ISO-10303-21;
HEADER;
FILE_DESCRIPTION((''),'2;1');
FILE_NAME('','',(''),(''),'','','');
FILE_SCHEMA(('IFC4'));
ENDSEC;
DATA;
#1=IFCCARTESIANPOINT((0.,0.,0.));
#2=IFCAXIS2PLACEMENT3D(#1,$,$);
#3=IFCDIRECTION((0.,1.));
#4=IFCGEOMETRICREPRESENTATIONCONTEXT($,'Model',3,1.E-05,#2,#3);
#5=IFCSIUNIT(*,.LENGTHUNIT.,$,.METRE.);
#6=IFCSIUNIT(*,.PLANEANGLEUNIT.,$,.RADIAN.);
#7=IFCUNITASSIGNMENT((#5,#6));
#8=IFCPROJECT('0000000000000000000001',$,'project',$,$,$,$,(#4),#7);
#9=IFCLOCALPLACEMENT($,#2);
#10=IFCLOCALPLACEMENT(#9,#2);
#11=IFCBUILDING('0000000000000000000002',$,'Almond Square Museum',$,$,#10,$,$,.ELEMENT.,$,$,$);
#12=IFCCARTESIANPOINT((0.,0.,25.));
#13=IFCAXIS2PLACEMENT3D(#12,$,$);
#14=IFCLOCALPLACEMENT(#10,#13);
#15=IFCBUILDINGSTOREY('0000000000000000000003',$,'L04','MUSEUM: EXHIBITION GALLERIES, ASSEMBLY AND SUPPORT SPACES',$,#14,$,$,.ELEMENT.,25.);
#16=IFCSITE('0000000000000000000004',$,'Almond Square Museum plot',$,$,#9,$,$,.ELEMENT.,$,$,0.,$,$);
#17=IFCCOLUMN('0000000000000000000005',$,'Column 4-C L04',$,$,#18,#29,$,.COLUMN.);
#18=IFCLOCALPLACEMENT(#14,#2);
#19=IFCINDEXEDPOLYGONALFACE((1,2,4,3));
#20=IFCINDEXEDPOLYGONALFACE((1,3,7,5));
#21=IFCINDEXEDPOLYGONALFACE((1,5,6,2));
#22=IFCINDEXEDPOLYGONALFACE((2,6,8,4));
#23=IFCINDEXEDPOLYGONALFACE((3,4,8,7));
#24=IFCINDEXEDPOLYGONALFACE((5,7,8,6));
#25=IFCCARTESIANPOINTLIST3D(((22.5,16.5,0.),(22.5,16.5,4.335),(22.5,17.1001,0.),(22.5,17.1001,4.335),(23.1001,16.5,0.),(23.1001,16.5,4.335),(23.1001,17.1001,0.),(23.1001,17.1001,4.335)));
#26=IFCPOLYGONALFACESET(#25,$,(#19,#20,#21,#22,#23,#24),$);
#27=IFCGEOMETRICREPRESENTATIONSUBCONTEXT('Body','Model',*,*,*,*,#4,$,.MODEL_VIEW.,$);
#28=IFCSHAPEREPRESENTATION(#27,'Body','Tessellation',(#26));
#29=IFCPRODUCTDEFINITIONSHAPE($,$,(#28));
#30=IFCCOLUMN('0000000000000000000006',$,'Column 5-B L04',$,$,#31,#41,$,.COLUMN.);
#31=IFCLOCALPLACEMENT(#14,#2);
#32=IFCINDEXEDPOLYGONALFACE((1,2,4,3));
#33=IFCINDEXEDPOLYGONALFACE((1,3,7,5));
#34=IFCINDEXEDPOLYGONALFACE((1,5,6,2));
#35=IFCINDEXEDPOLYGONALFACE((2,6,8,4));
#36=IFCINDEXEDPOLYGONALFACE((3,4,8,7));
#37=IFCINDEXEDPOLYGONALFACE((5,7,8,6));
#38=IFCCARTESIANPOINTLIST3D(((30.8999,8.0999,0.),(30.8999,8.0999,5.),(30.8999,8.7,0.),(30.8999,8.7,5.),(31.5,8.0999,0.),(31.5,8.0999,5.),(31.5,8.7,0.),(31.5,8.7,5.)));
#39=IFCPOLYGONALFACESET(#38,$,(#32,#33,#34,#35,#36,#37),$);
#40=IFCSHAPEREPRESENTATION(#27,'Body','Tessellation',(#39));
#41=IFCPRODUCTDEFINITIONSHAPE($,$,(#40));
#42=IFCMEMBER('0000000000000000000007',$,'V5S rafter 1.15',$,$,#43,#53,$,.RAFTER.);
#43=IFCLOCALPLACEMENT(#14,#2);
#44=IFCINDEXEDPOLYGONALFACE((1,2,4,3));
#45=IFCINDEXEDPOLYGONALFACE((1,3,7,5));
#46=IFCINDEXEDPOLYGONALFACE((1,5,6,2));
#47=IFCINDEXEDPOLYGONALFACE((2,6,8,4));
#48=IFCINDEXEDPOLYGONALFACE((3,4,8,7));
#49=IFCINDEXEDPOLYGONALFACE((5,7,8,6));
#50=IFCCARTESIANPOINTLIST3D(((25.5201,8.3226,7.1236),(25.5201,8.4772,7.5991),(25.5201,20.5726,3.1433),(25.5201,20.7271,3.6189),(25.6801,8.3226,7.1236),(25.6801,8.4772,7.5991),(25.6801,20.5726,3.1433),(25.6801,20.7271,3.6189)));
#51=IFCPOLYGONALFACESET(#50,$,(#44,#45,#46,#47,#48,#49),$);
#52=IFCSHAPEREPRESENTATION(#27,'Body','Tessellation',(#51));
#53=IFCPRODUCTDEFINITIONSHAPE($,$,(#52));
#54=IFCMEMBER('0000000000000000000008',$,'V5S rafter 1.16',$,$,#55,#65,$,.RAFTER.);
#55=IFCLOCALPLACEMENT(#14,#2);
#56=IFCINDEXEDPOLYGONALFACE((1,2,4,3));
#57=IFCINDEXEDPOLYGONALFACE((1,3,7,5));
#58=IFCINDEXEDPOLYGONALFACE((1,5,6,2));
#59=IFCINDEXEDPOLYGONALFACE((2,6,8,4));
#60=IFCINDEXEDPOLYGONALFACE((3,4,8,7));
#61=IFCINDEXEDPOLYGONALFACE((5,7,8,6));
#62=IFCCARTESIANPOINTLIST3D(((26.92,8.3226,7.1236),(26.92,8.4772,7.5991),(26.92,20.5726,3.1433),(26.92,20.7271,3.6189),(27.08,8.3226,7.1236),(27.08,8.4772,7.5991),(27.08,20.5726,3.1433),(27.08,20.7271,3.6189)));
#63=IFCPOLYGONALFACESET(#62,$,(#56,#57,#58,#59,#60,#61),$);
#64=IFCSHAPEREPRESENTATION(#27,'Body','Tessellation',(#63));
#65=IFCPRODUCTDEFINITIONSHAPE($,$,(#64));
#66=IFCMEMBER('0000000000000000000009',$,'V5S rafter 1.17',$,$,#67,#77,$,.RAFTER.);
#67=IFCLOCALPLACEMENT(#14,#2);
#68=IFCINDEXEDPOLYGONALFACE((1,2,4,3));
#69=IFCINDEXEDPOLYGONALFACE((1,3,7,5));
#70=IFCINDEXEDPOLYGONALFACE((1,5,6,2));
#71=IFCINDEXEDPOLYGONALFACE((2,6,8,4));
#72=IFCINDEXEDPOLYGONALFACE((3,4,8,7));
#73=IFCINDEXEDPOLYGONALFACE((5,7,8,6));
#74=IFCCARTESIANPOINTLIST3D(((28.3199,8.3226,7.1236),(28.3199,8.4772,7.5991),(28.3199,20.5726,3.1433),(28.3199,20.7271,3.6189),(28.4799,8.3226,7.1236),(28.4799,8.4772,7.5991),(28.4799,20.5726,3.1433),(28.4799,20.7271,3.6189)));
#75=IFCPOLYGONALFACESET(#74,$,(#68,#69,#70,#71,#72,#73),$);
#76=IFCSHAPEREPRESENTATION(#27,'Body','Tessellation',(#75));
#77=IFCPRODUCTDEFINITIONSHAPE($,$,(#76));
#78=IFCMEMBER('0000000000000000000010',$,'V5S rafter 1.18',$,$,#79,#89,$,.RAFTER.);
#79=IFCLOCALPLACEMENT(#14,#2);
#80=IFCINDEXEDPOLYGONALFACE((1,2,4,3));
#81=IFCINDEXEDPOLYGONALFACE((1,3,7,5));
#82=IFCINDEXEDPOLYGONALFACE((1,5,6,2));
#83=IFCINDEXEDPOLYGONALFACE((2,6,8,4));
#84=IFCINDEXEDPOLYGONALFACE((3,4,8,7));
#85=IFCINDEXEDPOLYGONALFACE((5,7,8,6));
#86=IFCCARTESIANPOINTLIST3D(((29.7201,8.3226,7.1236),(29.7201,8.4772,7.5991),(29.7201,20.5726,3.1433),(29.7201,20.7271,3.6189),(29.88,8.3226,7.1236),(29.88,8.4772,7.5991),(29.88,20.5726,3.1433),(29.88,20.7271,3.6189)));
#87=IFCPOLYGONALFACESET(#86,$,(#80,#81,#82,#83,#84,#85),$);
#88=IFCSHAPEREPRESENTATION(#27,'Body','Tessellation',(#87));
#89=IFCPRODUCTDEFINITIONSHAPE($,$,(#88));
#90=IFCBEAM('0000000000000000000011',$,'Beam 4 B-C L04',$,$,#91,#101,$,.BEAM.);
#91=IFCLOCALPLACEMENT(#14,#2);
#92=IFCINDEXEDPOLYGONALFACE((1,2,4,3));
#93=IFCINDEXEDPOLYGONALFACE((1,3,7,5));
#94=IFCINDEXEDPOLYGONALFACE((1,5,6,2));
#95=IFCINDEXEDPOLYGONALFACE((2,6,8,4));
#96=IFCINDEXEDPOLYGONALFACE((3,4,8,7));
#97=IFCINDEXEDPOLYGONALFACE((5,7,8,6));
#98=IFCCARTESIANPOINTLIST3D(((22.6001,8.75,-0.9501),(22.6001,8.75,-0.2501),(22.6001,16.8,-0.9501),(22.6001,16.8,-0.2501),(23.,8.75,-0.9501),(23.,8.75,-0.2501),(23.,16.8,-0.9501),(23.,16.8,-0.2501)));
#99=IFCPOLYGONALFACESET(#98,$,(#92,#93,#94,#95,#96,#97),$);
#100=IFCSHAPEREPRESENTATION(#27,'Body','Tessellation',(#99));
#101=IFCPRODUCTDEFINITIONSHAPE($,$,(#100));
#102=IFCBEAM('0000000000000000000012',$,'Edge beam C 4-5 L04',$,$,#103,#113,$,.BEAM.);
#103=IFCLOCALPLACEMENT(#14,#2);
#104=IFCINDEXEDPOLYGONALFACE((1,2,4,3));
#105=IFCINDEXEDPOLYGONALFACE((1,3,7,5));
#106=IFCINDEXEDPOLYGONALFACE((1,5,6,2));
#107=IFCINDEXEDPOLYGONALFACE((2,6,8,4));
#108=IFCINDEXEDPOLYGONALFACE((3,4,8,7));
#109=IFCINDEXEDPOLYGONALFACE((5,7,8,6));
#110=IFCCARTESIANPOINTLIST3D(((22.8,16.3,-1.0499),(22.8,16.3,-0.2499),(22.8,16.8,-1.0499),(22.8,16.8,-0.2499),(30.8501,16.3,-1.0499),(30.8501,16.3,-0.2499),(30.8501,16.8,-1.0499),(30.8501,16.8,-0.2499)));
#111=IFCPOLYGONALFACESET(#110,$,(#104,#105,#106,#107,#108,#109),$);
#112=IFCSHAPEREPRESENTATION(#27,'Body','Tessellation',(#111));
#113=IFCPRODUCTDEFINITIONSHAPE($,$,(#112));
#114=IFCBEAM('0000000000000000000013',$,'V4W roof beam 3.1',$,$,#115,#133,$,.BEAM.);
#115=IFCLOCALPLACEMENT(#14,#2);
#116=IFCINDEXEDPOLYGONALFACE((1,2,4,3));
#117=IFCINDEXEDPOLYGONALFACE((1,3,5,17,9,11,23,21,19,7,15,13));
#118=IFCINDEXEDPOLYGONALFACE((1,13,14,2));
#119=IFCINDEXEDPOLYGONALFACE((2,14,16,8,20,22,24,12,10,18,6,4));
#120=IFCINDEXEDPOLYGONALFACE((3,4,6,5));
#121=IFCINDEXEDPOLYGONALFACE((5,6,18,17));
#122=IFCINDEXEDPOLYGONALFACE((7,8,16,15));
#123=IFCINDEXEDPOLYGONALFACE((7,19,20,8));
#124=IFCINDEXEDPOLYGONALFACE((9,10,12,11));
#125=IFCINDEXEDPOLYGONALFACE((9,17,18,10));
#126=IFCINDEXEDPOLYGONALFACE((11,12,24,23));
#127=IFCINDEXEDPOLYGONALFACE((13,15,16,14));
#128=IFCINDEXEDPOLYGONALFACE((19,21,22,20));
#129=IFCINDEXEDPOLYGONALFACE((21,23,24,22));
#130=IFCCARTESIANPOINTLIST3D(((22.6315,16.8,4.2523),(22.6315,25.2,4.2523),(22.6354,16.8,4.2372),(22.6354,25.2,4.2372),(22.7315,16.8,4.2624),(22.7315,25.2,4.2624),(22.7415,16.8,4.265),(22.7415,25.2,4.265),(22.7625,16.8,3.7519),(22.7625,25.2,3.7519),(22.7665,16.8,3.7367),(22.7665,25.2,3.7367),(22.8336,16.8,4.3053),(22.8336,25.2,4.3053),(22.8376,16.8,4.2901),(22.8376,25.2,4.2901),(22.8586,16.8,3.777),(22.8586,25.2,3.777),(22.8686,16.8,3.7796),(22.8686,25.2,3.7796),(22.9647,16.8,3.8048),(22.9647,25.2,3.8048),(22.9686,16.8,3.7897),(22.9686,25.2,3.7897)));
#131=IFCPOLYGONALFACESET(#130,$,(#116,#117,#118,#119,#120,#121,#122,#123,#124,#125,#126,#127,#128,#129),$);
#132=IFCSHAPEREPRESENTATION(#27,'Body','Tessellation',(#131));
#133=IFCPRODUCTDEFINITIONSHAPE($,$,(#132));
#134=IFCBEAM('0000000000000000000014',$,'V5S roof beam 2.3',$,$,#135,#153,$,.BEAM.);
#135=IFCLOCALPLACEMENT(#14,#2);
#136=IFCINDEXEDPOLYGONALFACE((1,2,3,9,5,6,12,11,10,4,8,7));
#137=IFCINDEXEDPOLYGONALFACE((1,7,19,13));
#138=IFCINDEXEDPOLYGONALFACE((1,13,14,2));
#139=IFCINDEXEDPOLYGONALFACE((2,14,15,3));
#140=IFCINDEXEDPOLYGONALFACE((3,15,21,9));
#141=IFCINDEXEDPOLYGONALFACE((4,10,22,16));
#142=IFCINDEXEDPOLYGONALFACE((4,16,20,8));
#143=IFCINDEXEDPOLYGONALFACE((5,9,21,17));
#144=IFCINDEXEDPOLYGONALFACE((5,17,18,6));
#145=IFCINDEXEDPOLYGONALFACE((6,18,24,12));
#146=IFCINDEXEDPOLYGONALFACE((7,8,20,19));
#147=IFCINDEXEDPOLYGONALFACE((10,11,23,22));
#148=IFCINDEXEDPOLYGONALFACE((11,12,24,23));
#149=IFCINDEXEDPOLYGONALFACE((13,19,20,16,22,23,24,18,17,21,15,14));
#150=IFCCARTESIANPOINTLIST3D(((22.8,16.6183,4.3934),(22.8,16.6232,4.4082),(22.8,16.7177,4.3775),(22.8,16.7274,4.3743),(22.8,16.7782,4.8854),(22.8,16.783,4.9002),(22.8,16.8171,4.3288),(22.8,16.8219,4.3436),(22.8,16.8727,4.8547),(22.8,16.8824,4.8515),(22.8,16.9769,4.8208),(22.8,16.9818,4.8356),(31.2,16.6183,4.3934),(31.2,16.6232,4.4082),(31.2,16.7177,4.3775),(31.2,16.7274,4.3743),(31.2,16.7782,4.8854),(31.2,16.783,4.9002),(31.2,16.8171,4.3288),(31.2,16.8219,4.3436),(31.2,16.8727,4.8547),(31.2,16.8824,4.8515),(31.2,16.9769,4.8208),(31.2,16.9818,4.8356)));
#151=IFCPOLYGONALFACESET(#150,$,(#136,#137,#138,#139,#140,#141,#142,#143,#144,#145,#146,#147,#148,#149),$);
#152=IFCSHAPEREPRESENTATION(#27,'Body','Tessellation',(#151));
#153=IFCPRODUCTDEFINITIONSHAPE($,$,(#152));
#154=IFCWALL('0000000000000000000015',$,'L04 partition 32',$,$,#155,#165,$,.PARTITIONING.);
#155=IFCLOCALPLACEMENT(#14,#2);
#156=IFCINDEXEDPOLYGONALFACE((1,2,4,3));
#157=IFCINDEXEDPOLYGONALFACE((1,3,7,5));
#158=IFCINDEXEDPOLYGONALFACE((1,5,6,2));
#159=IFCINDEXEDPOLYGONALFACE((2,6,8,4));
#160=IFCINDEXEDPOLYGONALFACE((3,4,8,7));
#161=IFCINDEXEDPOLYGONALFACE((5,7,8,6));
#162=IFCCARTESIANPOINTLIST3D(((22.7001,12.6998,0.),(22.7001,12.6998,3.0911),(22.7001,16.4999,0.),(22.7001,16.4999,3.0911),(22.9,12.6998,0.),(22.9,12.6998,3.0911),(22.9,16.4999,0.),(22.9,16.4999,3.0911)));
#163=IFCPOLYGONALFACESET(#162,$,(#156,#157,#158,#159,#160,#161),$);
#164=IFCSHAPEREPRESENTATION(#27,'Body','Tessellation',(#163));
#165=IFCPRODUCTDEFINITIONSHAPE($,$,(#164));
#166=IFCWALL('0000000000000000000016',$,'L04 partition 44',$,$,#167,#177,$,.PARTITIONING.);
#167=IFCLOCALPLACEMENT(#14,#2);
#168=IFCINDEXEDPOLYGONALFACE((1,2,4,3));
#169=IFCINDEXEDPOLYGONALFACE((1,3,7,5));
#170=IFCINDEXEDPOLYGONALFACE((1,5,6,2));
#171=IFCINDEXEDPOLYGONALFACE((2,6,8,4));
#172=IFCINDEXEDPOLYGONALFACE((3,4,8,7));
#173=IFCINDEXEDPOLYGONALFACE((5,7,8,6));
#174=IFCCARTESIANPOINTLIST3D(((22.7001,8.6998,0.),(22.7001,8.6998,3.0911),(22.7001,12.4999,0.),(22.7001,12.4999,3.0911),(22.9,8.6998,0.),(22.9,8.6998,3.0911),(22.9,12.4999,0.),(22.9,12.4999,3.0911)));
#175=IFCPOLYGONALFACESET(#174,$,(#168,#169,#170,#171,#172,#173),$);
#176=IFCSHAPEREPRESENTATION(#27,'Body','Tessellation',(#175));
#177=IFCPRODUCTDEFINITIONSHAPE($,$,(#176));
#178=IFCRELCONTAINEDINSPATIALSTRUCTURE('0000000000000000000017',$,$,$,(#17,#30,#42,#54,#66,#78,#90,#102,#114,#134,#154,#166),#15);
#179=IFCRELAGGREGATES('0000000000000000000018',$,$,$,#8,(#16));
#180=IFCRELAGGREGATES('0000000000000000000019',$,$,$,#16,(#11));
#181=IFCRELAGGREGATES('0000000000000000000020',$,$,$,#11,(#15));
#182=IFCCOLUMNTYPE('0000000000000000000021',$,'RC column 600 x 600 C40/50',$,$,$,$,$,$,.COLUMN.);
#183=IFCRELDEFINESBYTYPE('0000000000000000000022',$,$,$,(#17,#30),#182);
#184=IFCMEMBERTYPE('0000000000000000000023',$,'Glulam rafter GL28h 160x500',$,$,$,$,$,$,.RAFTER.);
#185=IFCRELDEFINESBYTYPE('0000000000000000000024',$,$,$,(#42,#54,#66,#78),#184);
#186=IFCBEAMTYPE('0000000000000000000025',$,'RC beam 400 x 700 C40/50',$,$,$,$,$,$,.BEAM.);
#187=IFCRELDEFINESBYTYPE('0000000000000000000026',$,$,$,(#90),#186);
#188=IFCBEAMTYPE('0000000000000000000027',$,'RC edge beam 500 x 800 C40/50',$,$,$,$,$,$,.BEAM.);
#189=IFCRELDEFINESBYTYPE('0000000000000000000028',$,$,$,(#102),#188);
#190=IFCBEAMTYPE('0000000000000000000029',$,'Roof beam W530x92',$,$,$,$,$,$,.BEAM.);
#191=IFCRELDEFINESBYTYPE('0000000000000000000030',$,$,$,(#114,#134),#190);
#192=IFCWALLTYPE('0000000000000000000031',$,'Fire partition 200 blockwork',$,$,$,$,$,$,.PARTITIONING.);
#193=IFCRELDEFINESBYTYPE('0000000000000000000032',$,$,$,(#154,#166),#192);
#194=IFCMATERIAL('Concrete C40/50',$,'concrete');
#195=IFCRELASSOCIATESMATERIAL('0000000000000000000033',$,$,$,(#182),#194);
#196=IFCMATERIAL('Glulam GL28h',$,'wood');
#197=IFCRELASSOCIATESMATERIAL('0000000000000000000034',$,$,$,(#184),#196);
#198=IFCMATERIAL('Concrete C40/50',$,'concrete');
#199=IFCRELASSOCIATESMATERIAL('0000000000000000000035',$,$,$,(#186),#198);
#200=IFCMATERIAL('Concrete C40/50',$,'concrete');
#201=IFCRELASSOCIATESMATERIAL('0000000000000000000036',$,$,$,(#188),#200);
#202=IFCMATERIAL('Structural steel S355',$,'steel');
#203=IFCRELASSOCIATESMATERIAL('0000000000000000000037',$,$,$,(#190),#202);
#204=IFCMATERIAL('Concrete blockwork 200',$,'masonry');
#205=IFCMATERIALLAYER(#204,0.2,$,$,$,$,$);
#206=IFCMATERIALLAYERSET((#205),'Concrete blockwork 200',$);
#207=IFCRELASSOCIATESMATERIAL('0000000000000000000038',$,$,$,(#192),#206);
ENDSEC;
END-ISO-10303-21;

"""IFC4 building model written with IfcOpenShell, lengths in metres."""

from ifc_helpers import new_model, si_unit, direction, frame, frame_2d, origin, origin_2d, place, context, subcontext, project, spatial, rectangle, i_section, extrude, material, layer, layer_set, material_profile, profile_set, type_object, element, save


model = new_model("IFC4")

# Units and contexts
model_context = context("Model", 3, precision=1e-05, world=origin(), true_north=direction((0.0, 1.0)))
body_context = subcontext(model_context, "Body", "Model", "MODEL_VIEW")
ifc_project = project(units=[si_unit("LENGTHUNIT", "METRE"), si_unit("PLANEANGLEUNIT", "RADIAN")], contexts=[model_context])

# Site, building, storey
site_placement = place(None, origin())
site = spatial("IfcSite", under=ifc_project, at=site_placement, Name="Almond Square Museum plot", CompositionType="ELEMENT", RefElevation=0.0)
building_placement = place(site_placement, origin())
building = spatial("IfcBuilding", under=site, at=building_placement, Name="Almond Square Museum", CompositionType="ELEMENT")
storey_placement = place(building_placement, frame((0.0, 0.0, 25.0)))
storey = spatial("IfcBuildingStorey", under=building, at=storey_placement, Name="L04", Description="MUSEUM: EXHIBITION GALLERIES, ASSEMBLY AND SUPPORT SPACES", CompositionType="ELEMENT", Elevation=25.0)

# Columns
ifc_material_1 = material(Name="Concrete C40/50", Category="concrete")
ifc_material_profile_1 = material_profile(ifc_material_1, rectangle(XDim=0.6001, YDim=0.6001, at=origin_2d()))
ifc_profile_set_1 = profile_set([ifc_material_profile_1], Name="Concrete C40/50")
column_type = type_object("IfcColumnType", Name="RC column 600 x 600 C40/50", PredefinedType="COLUMN", material=ifc_profile_set_1)
column_1_placement = place(storey_placement, frame((22.8, 16.8, 0.0), z_axis=(0.0, 0.0, 1.0), x_axis=(1.0, 0.0, 0.0)))
element("IfcColumn", 1, at=column_1_placement, inside=storey, type_object=column_type, Name="Column 4-C L04", PredefinedType="COLUMN", context=body_context, shape_type="SweptSolid", body=[
    extrude(rectangle(XDim=0.6001, YDim=0.6001, at=origin_2d()), origin(), (0.0, 0.0, 1.0), 4.335),
])
column_2_placement = place(storey_placement, frame((31.2, 8.3999, 0.0), z_axis=(0.0, 0.0, 1.0), x_axis=(1.0, 0.0, 0.0)))
element("IfcColumn", 2, at=column_2_placement, inside=storey, type_object=column_type, Name="Column 5-B L04", PredefinedType="COLUMN", context=body_context, shape_type="SweptSolid", body=[
    extrude(rectangle(XDim=0.6001, YDim=0.6001, at=origin_2d()), origin(), (0.0, 0.0, 1.0), 5.0),
])

# Members
ifc_material_2 = material(Name="Glulam GL28h", Category="wood")
ifc_material_profile_2 = material_profile(ifc_material_2, rectangle(XDim=0.1599, YDim=0.5, at=origin_2d()))
ifc_profile_set_2 = profile_set([ifc_material_profile_2], Name="Glulam GL28h")
member_type = type_object("IfcMemberType", Name="Glulam rafter GL28h 160x500", PredefinedType="RAFTER", material=ifc_profile_set_2)
for number, where, z_axis, x_axis, name in (
    (3, (25.6001, 8.3999, 7.3613), (0.0, 0.951057, -0.309014), (-1.0, 0.0, 0.0), "V5S rafter 1.15"),
    (4, (27.0, 8.3999, 7.3613), (0.0, 0.951057, -0.309014), (-1.0, 0.0, 0.0), "V5S rafter 1.16"),
    (5, (28.3999, 8.3999, 7.3613), (0.0, 0.951057, -0.309014), (-1.0, 0.0, 0.0), "V5S rafter 1.17"),
    (6, (29.8, 8.3999, 7.3613), (0.0, 0.951057, -0.309014), (-1.0, 0.0, 0.0), "V5S rafter 1.18"),
):
    element("IfcMember", number, at=place(storey_placement, frame(where, z_axis=z_axis, x_axis=x_axis)), inside=storey, type_object=member_type, Name=name, PredefinedType="RAFTER", context=body_context, shape_type="SweptSolid", body=[
        extrude(rectangle(XDim=0.1599, YDim=0.5, at=origin_2d()), origin(), (0.0, 0.0, 1.0), 12.8804),
    ])

# Beams
ifc_material_3 = material(Name="Concrete C40/50", Category="concrete")
ifc_material_profile_3 = material_profile(ifc_material_3, rectangle(XDim=0.3999, YDim=0.7, at=origin_2d()))
ifc_profile_set_3 = profile_set([ifc_material_profile_3], Name="Concrete C40/50")
beam_type_1 = type_object("IfcBeamType", Name="RC beam 400 x 700 C40/50", PredefinedType="BEAM", material=ifc_profile_set_3)
beam_1_placement = place(storey_placement, frame((22.8, 8.75, -0.6001), z_axis=(0.0, 1.0, 0.0), x_axis=(-1.0, 0.0, 0.0)))
element("IfcBeam", 7, at=beam_1_placement, inside=storey, type_object=beam_type_1, Name="Beam 4 B-C L04", PredefinedType="BEAM", context=body_context, shape_type="SweptSolid", body=[
    extrude(rectangle(XDim=0.3999, YDim=0.7, at=origin_2d()), origin(), (0.0, 0.0, 1.0), 8.05),
])
ifc_material_4 = material(Name="Concrete C40/50", Category="concrete")
ifc_material_profile_4 = material_profile(ifc_material_4, rectangle(XDim=0.5, YDim=0.8, at=origin_2d()))
ifc_profile_set_4 = profile_set([ifc_material_profile_4], Name="Concrete C40/50")
beam_type_2 = type_object("IfcBeamType", Name="RC edge beam 500 x 800 C40/50", PredefinedType="BEAM", material=ifc_profile_set_4)
beam_2_placement = place(storey_placement, frame((22.8, 16.55, -0.6499), z_axis=(1.0, 0.0, 0.0), x_axis=(0.0, 1.0, 0.0)))
element("IfcBeam", 8, at=beam_2_placement, inside=storey, type_object=beam_type_2, Name="Edge beam C 4-5 L04", PredefinedType="BEAM", context=body_context, shape_type="SweptSolid", body=[
    extrude(rectangle(XDim=0.5, YDim=0.8, at=origin_2d()), origin(), (0.0, 0.0, 1.0), 8.05),
])
ifc_material_5 = material(Name="Structural steel S355", Category="steel")
ifc_material_profile_5 = material_profile(ifc_material_5, i_section(OverallWidth=0.209, OverallDepth=0.533, WebThickness=0.0103, FlangeThickness=0.0156, at=origin_2d()))
ifc_profile_set_5 = profile_set([ifc_material_profile_5], Name="Structural steel S355")
beam_type_3 = type_object("IfcBeamType", Name="Roof beam W530x92", PredefinedType="BEAM", material=ifc_profile_set_5)
for number, where, z_axis, x_axis, name in (
    (9, (22.8, 16.8, 4.021), (0.0, 1.0, 0.0), (-0.967372, 0.0, -0.25336), "V4W roof beam 3.1"),
    (10, (22.8, 16.8, 4.6145), (1.0, 0.0, 0.0), (0.0, 0.951057, -0.309017), "V5S roof beam 2.3"),
):
    element("IfcBeam", number, at=place(storey_placement, frame(where, z_axis=z_axis, x_axis=x_axis)), inside=storey, type_object=beam_type_3, Name=name, PredefinedType="BEAM", context=body_context, shape_type="SweptSolid", body=[
        extrude(i_section(OverallWidth=0.209, OverallDepth=0.533, WebThickness=0.0103, FlangeThickness=0.0156, at=origin_2d()), origin(), (0.0, 0.0, 1.0), 8.3999),
    ])

# Walls
ifc_material_6 = material(Name="Concrete blockwork 200", Category="masonry")
ifc_layer_1 = layer(ifc_material_6, 0.2)
ifc_layer_set_1 = layer_set([ifc_layer_1], Name="Concrete blockwork 200")
wall_type_1 = type_object("IfcWallType", Name="Fire partition 200 blockwork", PredefinedType="PARTITIONING", material=ifc_layer_set_1)
for number, where, z_axis, x_axis, name in (
    (11, (22.8, 12.7, 0.0), (0.0, 0.0, 1.0), (0.0, 1.0, 0.0), "L04 partition 32"),
    (12, (22.8, 8.7, 0.0), (0.0, 0.0, 1.0), (0.0, 1.0, 0.0), "L04 partition 44"),
):
    element("IfcWall", number, at=place(storey_placement, frame(where, z_axis=z_axis, x_axis=x_axis)), inside=storey, type_object=wall_type_1, Name=name, PredefinedType="PARTITIONING", context=body_context, shape_type="SweptSolid", body=[
        extrude(rectangle(XDim=3.8, YDim=0.2, at=frame_2d((1.8999, 0.0))), origin(), (0.0, 0.0, 1.0), 3.0911),
    ])

save(model, "model.ifc")
